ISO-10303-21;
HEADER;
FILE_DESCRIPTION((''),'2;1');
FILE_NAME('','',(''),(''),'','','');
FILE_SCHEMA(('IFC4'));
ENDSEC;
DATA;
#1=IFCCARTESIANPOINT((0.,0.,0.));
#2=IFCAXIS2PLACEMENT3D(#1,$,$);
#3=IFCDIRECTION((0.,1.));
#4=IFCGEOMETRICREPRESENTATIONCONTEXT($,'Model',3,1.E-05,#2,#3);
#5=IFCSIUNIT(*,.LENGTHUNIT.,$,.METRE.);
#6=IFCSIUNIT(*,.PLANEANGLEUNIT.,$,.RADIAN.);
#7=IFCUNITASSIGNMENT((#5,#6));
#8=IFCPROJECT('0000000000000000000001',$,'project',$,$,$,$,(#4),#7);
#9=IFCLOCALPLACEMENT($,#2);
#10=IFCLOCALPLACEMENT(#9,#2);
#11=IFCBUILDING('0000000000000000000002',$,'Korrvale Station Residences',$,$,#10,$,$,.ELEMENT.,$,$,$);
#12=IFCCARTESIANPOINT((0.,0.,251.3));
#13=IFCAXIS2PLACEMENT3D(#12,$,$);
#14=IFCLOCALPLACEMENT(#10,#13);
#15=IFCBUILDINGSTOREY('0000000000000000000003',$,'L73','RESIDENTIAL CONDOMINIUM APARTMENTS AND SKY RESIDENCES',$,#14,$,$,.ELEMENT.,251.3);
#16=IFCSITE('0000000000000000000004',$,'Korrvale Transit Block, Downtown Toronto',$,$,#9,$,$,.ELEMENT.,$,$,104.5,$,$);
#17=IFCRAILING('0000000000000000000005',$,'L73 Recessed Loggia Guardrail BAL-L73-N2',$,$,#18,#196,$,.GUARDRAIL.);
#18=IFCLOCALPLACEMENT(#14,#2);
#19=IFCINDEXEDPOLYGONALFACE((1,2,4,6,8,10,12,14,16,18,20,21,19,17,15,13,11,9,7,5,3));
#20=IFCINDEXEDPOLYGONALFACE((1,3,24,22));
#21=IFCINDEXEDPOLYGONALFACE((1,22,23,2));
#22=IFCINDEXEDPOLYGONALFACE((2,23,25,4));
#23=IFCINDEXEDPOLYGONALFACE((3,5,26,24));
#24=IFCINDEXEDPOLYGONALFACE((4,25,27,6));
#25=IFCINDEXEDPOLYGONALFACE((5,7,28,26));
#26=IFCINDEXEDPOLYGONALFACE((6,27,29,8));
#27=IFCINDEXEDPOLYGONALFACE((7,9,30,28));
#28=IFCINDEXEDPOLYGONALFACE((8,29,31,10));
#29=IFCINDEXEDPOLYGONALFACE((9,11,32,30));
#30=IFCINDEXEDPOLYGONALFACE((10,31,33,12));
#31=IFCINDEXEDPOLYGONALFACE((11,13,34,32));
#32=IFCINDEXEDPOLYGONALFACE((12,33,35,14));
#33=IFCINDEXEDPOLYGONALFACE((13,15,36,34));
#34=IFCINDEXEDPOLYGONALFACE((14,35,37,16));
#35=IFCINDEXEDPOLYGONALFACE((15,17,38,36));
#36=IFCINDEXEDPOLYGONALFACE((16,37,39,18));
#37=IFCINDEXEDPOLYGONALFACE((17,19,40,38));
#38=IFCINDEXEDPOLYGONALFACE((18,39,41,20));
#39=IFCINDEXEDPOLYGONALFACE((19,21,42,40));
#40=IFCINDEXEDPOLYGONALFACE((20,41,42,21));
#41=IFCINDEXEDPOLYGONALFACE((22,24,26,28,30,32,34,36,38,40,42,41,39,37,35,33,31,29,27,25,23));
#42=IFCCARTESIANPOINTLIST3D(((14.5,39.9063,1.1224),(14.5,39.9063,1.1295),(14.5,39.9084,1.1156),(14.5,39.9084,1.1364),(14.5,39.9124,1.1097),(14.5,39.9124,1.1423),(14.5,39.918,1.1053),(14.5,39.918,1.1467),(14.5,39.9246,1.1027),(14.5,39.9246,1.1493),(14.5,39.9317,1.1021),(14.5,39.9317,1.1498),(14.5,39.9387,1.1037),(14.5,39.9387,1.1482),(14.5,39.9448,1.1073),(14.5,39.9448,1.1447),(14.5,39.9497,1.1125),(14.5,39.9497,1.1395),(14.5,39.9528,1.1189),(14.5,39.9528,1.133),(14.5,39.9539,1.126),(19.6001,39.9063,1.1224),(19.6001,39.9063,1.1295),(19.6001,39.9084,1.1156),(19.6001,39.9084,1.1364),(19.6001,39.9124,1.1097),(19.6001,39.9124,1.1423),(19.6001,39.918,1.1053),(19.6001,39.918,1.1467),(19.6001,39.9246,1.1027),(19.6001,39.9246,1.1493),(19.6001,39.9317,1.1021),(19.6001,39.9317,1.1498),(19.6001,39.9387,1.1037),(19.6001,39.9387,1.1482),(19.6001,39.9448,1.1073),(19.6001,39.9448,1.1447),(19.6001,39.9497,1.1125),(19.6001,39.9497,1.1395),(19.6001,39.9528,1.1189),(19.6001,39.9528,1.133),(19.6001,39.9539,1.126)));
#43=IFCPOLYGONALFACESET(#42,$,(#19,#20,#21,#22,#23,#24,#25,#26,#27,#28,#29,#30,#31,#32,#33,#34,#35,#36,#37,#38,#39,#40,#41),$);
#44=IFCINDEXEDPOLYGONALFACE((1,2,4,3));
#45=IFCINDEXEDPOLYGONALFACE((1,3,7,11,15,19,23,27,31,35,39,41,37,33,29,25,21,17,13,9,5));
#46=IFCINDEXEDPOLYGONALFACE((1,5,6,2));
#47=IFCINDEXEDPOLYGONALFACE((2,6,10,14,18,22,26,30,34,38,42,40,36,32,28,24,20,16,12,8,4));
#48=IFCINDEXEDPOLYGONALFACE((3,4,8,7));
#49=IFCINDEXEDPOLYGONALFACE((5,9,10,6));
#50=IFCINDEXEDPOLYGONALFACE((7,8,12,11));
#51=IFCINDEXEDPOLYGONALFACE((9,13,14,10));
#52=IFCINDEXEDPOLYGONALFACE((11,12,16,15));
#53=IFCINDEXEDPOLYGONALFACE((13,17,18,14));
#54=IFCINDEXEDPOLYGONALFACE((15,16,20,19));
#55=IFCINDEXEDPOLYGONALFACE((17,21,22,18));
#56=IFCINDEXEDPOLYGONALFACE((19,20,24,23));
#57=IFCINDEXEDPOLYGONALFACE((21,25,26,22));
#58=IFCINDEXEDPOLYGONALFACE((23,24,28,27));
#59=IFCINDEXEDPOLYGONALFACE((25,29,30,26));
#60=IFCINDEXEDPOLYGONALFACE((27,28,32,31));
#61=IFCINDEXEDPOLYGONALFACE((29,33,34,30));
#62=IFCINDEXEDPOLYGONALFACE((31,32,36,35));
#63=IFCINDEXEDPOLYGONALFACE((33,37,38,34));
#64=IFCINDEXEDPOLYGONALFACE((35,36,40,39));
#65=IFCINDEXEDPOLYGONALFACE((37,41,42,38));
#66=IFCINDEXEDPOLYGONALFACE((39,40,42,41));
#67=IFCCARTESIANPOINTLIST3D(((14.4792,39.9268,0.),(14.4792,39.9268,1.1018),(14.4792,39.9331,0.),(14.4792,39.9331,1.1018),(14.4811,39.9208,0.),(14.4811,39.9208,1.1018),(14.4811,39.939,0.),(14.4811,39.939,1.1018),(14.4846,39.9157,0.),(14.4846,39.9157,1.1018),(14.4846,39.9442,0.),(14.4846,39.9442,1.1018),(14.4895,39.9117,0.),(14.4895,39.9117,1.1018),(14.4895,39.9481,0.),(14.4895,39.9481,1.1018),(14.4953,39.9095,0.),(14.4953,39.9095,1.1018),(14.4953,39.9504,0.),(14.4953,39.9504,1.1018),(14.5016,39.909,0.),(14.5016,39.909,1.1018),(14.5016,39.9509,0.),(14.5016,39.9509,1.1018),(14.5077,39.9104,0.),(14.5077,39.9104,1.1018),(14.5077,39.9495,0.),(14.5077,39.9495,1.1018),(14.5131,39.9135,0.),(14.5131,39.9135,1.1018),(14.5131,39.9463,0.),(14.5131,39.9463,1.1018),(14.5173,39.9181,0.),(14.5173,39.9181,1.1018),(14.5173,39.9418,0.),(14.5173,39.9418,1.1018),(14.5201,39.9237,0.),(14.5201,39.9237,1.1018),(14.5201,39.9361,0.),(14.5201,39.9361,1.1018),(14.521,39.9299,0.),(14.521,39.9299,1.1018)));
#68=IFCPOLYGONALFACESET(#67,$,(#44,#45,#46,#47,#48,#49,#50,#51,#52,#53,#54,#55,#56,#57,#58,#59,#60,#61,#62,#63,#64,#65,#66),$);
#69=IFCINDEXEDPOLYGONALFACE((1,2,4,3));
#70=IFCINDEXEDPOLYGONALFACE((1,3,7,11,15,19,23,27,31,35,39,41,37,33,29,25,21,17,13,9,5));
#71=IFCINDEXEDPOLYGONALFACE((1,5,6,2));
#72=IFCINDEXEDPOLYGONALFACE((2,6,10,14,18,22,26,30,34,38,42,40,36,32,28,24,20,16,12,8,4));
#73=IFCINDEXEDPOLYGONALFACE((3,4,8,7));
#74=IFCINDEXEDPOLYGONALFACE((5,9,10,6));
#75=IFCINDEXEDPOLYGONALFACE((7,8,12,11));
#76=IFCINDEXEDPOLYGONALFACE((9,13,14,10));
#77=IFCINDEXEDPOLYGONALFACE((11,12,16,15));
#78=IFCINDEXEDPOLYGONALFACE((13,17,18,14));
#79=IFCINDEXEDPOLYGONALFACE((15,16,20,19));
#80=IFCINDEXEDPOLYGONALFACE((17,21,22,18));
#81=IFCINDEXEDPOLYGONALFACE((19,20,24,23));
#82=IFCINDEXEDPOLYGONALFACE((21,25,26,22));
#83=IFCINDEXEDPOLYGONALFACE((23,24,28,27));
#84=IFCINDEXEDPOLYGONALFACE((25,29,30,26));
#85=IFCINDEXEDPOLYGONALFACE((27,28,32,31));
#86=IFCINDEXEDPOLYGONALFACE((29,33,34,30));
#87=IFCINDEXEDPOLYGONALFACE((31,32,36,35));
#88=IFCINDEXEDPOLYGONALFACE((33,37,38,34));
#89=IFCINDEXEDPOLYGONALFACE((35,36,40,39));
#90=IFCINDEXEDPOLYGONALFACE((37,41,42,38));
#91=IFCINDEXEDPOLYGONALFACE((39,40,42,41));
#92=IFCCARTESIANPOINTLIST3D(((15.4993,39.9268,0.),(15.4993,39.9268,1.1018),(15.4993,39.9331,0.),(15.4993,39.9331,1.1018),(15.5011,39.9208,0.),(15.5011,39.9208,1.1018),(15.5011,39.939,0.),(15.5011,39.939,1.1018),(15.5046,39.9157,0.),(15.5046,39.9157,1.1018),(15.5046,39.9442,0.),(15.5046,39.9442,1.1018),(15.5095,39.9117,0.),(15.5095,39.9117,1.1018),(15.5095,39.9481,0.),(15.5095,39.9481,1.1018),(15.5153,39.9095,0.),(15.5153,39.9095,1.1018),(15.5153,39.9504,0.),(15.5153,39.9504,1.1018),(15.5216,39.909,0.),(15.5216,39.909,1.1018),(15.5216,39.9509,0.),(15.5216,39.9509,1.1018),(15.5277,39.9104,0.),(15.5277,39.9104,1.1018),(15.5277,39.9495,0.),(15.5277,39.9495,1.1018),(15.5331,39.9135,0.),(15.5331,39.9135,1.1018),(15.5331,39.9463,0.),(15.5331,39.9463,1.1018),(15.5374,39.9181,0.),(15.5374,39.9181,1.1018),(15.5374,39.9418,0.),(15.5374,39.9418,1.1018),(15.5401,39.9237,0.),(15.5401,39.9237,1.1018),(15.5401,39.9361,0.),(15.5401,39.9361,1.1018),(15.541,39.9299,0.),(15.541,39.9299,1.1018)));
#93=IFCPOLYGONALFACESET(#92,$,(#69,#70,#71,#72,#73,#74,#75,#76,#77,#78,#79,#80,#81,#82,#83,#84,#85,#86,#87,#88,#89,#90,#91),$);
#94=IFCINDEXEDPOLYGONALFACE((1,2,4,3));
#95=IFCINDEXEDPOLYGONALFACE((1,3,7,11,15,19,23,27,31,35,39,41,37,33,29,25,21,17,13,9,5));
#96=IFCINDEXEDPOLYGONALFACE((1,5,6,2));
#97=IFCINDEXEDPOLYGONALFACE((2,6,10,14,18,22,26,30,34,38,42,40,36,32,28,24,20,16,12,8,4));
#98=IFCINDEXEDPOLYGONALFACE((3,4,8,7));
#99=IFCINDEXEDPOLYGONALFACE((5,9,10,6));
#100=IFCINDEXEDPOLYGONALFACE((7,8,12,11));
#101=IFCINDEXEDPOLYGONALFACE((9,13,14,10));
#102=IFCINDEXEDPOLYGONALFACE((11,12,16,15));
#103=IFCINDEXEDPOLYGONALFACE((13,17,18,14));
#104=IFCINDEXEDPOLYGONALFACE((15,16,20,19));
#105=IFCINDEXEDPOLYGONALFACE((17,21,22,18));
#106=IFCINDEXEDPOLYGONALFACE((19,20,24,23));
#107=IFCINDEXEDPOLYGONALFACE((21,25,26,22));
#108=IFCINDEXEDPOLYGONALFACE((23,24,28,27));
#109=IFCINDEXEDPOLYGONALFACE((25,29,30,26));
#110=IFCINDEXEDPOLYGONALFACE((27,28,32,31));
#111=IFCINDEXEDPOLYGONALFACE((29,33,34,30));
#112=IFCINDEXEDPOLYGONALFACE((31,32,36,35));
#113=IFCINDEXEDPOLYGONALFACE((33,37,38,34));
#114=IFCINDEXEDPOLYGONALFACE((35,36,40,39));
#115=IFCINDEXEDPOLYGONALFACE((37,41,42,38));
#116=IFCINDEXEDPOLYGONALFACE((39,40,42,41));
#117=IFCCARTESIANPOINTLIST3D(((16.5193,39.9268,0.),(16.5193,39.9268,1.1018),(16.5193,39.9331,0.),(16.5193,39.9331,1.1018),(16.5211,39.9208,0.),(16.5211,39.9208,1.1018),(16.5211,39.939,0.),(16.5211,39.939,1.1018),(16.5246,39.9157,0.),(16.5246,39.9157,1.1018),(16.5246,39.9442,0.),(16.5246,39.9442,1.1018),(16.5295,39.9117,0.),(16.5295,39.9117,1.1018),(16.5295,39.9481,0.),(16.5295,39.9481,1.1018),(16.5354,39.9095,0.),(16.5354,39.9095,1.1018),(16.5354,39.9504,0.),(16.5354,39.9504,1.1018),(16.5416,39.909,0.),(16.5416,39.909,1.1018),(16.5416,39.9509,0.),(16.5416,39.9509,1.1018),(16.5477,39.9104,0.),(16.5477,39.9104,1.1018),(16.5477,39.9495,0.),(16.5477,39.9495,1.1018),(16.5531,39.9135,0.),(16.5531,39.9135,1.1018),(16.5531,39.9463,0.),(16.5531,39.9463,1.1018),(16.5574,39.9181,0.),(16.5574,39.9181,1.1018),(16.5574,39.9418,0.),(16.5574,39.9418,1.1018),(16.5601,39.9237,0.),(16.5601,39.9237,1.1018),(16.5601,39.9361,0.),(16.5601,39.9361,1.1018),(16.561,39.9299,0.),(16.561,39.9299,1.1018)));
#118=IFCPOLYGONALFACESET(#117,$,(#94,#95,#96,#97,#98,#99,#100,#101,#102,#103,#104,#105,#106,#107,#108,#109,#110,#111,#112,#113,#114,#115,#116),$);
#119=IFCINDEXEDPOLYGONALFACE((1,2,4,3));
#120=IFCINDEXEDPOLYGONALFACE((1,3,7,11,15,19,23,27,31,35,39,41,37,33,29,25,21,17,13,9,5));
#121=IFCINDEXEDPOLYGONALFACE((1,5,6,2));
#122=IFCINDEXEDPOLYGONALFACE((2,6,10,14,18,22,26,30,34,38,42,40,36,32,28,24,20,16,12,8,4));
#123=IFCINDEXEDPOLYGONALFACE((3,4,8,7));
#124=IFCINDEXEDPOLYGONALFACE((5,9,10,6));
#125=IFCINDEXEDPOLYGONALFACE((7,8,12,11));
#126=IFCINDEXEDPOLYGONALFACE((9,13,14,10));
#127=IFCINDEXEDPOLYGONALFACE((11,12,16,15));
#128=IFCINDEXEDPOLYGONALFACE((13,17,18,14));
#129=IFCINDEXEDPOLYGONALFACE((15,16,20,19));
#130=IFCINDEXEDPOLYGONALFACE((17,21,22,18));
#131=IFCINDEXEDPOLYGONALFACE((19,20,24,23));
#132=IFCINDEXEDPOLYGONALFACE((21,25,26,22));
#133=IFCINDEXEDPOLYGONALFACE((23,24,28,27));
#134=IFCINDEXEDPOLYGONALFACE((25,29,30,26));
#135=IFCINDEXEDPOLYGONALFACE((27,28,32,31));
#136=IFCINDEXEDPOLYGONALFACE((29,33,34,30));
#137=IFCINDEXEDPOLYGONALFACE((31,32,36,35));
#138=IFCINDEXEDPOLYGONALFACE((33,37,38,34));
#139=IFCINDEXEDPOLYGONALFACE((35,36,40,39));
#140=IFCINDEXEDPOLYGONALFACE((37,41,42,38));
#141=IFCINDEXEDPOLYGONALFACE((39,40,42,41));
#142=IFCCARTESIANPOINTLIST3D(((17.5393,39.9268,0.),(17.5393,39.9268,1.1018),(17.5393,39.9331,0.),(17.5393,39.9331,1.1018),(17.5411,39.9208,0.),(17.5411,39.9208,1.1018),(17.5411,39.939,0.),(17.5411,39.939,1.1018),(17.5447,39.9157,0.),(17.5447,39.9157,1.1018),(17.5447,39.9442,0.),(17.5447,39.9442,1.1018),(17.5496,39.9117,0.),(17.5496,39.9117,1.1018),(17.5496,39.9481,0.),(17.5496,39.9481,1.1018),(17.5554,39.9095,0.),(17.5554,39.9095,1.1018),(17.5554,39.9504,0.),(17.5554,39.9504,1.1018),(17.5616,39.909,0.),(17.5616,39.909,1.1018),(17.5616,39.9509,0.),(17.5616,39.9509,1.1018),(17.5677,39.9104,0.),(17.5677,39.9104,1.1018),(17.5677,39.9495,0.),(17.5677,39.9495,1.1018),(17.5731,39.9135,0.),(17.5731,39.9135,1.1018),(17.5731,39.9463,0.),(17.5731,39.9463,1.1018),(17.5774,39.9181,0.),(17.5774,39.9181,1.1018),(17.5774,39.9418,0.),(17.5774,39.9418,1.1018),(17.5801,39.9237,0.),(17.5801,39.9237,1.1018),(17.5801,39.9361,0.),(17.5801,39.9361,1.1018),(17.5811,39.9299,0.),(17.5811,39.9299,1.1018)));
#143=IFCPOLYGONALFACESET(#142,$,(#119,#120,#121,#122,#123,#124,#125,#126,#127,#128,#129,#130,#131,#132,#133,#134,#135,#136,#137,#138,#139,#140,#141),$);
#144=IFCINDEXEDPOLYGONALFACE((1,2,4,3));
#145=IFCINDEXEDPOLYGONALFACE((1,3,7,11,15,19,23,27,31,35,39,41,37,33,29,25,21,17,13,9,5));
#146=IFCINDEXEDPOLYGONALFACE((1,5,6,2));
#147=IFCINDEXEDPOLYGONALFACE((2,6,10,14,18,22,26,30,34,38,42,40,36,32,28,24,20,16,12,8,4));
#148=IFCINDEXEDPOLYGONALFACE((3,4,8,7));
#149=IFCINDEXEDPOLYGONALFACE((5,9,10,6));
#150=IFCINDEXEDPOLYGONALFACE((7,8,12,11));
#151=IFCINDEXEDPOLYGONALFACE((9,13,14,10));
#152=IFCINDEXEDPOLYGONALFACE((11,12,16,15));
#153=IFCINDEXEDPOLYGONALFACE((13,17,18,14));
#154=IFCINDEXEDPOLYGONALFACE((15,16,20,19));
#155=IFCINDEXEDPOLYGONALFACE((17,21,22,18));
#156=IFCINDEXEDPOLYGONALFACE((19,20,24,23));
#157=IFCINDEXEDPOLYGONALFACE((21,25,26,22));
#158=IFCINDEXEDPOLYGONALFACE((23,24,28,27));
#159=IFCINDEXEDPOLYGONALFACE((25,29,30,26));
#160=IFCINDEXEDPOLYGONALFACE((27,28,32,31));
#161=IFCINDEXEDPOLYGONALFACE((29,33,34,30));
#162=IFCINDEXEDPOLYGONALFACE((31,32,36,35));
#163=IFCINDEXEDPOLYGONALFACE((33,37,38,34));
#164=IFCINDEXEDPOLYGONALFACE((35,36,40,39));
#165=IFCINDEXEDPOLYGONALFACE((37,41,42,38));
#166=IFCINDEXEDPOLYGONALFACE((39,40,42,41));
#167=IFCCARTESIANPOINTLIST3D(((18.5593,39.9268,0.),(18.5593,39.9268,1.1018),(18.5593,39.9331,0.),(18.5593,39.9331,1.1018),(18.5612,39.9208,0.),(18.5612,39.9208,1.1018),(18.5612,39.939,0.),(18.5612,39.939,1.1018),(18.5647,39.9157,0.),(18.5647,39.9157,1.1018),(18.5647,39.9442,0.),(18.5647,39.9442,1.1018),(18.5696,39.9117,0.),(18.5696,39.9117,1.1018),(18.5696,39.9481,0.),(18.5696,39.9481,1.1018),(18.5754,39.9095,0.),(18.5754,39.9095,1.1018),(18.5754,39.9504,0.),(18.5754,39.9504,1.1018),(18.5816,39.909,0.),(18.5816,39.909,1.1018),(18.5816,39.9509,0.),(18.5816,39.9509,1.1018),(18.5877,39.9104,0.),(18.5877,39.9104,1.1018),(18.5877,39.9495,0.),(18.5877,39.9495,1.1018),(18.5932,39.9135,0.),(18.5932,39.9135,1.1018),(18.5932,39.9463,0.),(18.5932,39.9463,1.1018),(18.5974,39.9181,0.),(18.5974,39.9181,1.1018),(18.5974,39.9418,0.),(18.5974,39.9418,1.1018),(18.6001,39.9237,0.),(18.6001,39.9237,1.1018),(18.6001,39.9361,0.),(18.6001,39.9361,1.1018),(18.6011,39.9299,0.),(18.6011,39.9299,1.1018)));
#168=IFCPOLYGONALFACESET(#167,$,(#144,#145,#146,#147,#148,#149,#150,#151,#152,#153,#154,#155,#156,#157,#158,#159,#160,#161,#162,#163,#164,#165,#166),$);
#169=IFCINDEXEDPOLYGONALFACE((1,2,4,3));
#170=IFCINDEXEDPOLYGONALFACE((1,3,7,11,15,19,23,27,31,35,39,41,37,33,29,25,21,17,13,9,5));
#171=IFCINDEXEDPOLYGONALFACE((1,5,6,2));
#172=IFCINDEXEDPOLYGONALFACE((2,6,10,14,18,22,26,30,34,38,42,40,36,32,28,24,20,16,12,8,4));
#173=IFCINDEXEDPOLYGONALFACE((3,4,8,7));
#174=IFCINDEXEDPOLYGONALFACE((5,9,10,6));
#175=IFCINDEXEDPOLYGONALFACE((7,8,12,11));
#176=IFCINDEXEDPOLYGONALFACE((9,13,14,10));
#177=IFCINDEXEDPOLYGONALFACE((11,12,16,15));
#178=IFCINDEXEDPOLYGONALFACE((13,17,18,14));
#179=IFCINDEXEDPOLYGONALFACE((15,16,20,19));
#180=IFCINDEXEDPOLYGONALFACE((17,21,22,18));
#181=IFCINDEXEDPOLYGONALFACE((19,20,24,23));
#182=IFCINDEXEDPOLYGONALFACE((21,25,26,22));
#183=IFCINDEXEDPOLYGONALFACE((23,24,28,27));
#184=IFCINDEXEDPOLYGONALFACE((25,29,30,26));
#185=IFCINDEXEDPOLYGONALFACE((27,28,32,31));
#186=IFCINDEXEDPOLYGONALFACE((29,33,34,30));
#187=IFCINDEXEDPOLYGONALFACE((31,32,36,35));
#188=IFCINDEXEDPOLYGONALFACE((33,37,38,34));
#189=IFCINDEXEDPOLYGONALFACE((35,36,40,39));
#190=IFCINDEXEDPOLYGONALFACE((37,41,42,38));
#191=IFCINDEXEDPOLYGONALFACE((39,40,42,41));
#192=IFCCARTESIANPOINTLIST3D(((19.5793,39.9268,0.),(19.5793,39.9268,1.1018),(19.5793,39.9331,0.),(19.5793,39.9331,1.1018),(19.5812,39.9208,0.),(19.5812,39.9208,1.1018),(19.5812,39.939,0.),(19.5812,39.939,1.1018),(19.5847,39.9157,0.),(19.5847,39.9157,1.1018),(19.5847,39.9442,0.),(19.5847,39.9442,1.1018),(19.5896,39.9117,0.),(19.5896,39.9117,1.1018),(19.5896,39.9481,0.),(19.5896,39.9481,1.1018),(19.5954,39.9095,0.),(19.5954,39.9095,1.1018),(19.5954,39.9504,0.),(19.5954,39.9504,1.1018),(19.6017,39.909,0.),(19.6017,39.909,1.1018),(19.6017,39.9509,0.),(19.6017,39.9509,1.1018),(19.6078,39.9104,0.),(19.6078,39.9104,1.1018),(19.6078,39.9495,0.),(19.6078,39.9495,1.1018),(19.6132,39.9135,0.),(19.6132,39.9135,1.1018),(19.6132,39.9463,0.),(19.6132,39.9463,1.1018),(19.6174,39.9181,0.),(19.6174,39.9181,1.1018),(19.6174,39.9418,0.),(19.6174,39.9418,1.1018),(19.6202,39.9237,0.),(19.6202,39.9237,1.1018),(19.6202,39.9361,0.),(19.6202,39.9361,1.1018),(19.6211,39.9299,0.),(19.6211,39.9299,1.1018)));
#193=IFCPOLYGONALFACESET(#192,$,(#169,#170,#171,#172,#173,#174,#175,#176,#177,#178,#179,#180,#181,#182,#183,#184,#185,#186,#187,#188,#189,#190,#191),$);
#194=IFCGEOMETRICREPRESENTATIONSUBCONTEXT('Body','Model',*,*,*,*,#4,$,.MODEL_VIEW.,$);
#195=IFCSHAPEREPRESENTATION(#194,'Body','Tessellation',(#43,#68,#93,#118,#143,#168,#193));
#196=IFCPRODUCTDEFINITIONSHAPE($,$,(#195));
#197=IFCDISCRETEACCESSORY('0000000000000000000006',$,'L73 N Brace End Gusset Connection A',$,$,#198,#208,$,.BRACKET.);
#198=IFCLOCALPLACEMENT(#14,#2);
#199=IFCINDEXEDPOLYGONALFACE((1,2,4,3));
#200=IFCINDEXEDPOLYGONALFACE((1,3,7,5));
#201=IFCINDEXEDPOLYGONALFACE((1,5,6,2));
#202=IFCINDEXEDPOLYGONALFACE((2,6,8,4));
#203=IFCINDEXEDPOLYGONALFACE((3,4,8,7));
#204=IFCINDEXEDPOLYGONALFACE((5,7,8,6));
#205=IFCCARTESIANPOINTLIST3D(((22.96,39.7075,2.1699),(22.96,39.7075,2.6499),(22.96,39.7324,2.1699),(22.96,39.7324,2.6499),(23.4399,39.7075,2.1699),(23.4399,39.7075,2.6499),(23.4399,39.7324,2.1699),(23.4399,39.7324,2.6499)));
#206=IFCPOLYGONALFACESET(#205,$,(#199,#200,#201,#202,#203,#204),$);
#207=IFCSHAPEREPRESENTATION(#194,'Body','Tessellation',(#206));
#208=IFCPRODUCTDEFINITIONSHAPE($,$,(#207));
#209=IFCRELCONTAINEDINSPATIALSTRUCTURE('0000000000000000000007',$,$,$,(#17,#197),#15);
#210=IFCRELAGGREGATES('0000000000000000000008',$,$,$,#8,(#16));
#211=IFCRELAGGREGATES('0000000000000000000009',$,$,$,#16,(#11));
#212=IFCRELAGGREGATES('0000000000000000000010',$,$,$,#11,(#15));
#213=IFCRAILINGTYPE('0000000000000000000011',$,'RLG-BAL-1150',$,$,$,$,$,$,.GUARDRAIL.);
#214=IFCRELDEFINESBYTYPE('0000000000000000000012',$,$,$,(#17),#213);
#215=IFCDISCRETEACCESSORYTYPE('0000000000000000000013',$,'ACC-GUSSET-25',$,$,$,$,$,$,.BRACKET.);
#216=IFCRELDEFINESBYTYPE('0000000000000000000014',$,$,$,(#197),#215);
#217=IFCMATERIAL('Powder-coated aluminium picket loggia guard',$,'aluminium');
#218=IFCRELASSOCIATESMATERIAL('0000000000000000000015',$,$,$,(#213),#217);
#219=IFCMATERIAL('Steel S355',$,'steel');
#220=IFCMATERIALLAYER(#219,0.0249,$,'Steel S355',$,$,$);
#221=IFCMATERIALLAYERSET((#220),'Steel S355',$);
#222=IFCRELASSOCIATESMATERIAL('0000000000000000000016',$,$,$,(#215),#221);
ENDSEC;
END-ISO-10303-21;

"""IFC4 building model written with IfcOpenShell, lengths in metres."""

from ifc_helpers import new_model, si_unit, direction, frame, origin, origin_2d, place, context, subcontext, project, spatial, rectangle, circle, extrude, material, layer, layer_set, type_object, element, save


model = new_model("IFC4")

# Units and contexts
model_context = context("Model", 3, precision=1e-05, world=origin(), true_north=direction((0.0, 1.0)))
body_context = subcontext(model_context, "Body", "Model", "MODEL_VIEW")
ifc_project = project(units=[si_unit("LENGTHUNIT", "METRE"), si_unit("PLANEANGLEUNIT", "RADIAN")], contexts=[model_context])

# Site, building, storey
site_placement = place(None, origin())
site = spatial("IfcSite", under=ifc_project, at=site_placement, Name="Korrvale Transit Block, Downtown Toronto", CompositionType="ELEMENT", RefElevation=104.5)
building_placement = place(site_placement, origin())
building = spatial("IfcBuilding", under=site, at=building_placement, Name="Korrvale Station Residences", CompositionType="ELEMENT")
storey_placement = place(building_placement, frame((0.0, 0.0, 251.3)))
storey = spatial("IfcBuildingStorey", under=building, at=storey_placement, Name="L73", Description="RESIDENTIAL CONDOMINIUM APARTMENTS AND SKY RESIDENCES", CompositionType="ELEMENT", Elevation=251.3)

# Railing
ifc_material_1 = material(Name="Powder-coated aluminium picket loggia guard", Category="aluminium")
railing_type = type_object("IfcRailingType", Name="RLG-BAL-1150", PredefinedType="GUARDRAIL", material=ifc_material_1)
railing_placement = place(storey_placement, frame((14.5, 39.9299, 0.0)))
element("IfcRailing", 1, at=railing_placement, inside=storey, type_object=railing_type, Name="L73 Recessed Loggia Guardrail BAL-L73-N2", PredefinedType="GUARDRAIL", context=body_context, shape_type="SweptSolid", body=[
    extrude(circle(Radius=0.0239, at=origin_2d()), frame((0.0, 0.0, 1.126), z_axis=(1.0, 0.0, 0.0), x_axis=(0.0, 1.0, 0.0)), (0.0, 0.0, 1.0), 5.1001),
    extrude(circle(Radius=0.021, at=origin_2d()), origin(), (0.0, 0.0, 1.0), 1.1018),
    extrude(circle(Radius=0.021, at=origin_2d()), frame((1.02, 0.0, 0.0)), (0.0, 0.0, 1.0), 1.1018),
    extrude(circle(Radius=0.021, at=origin_2d()), frame((2.04, 0.0, 0.0)), (0.0, 0.0, 1.0), 1.1018),
    extrude(circle(Radius=0.021, at=origin_2d()), frame((3.0601, 0.0, 0.0)), (0.0, 0.0, 1.0), 1.1018),
    extrude(circle(Radius=0.021, at=origin_2d()), frame((4.0801, 0.0, 0.0)), (0.0, 0.0, 1.0), 1.1018),
    extrude(circle(Radius=0.021, at=origin_2d()), frame((5.1001, 0.0, 0.0)), (0.0, 0.0, 1.0), 1.1018),
])

# Discrete accessory
ifc_material_2 = material(Name="Steel S355", Category="steel")
ifc_layer_1 = layer(ifc_material_2, 0.0249, Name="Steel S355")
ifc_layer_set_1 = layer_set([ifc_layer_1], Name="Steel S355")
discrete_accessory_type = type_object("IfcDiscreteAccessoryType", Name="ACC-GUSSET-25", PredefinedType="BRACKET", material=ifc_layer_set_1)
discrete_accessory_placement = place(storey_placement, frame((23.2, 39.72, 2.1699), z_axis=(0.0, 0.0, 1.0), x_axis=(1.0, 0.0, 0.0)))
element("IfcDiscreteAccessory", 2, at=discrete_accessory_placement, inside=storey, type_object=discrete_accessory_type, Name="L73 N Brace End Gusset Connection A", PredefinedType="BRACKET", context=body_context, shape_type="SweptSolid", body=[
    extrude(rectangle(XDim=0.48, YDim=0.0249, at=origin_2d()), origin(), (0.0, 0.0, 1.0), 0.48),
])

save(model, "model.ifc")
